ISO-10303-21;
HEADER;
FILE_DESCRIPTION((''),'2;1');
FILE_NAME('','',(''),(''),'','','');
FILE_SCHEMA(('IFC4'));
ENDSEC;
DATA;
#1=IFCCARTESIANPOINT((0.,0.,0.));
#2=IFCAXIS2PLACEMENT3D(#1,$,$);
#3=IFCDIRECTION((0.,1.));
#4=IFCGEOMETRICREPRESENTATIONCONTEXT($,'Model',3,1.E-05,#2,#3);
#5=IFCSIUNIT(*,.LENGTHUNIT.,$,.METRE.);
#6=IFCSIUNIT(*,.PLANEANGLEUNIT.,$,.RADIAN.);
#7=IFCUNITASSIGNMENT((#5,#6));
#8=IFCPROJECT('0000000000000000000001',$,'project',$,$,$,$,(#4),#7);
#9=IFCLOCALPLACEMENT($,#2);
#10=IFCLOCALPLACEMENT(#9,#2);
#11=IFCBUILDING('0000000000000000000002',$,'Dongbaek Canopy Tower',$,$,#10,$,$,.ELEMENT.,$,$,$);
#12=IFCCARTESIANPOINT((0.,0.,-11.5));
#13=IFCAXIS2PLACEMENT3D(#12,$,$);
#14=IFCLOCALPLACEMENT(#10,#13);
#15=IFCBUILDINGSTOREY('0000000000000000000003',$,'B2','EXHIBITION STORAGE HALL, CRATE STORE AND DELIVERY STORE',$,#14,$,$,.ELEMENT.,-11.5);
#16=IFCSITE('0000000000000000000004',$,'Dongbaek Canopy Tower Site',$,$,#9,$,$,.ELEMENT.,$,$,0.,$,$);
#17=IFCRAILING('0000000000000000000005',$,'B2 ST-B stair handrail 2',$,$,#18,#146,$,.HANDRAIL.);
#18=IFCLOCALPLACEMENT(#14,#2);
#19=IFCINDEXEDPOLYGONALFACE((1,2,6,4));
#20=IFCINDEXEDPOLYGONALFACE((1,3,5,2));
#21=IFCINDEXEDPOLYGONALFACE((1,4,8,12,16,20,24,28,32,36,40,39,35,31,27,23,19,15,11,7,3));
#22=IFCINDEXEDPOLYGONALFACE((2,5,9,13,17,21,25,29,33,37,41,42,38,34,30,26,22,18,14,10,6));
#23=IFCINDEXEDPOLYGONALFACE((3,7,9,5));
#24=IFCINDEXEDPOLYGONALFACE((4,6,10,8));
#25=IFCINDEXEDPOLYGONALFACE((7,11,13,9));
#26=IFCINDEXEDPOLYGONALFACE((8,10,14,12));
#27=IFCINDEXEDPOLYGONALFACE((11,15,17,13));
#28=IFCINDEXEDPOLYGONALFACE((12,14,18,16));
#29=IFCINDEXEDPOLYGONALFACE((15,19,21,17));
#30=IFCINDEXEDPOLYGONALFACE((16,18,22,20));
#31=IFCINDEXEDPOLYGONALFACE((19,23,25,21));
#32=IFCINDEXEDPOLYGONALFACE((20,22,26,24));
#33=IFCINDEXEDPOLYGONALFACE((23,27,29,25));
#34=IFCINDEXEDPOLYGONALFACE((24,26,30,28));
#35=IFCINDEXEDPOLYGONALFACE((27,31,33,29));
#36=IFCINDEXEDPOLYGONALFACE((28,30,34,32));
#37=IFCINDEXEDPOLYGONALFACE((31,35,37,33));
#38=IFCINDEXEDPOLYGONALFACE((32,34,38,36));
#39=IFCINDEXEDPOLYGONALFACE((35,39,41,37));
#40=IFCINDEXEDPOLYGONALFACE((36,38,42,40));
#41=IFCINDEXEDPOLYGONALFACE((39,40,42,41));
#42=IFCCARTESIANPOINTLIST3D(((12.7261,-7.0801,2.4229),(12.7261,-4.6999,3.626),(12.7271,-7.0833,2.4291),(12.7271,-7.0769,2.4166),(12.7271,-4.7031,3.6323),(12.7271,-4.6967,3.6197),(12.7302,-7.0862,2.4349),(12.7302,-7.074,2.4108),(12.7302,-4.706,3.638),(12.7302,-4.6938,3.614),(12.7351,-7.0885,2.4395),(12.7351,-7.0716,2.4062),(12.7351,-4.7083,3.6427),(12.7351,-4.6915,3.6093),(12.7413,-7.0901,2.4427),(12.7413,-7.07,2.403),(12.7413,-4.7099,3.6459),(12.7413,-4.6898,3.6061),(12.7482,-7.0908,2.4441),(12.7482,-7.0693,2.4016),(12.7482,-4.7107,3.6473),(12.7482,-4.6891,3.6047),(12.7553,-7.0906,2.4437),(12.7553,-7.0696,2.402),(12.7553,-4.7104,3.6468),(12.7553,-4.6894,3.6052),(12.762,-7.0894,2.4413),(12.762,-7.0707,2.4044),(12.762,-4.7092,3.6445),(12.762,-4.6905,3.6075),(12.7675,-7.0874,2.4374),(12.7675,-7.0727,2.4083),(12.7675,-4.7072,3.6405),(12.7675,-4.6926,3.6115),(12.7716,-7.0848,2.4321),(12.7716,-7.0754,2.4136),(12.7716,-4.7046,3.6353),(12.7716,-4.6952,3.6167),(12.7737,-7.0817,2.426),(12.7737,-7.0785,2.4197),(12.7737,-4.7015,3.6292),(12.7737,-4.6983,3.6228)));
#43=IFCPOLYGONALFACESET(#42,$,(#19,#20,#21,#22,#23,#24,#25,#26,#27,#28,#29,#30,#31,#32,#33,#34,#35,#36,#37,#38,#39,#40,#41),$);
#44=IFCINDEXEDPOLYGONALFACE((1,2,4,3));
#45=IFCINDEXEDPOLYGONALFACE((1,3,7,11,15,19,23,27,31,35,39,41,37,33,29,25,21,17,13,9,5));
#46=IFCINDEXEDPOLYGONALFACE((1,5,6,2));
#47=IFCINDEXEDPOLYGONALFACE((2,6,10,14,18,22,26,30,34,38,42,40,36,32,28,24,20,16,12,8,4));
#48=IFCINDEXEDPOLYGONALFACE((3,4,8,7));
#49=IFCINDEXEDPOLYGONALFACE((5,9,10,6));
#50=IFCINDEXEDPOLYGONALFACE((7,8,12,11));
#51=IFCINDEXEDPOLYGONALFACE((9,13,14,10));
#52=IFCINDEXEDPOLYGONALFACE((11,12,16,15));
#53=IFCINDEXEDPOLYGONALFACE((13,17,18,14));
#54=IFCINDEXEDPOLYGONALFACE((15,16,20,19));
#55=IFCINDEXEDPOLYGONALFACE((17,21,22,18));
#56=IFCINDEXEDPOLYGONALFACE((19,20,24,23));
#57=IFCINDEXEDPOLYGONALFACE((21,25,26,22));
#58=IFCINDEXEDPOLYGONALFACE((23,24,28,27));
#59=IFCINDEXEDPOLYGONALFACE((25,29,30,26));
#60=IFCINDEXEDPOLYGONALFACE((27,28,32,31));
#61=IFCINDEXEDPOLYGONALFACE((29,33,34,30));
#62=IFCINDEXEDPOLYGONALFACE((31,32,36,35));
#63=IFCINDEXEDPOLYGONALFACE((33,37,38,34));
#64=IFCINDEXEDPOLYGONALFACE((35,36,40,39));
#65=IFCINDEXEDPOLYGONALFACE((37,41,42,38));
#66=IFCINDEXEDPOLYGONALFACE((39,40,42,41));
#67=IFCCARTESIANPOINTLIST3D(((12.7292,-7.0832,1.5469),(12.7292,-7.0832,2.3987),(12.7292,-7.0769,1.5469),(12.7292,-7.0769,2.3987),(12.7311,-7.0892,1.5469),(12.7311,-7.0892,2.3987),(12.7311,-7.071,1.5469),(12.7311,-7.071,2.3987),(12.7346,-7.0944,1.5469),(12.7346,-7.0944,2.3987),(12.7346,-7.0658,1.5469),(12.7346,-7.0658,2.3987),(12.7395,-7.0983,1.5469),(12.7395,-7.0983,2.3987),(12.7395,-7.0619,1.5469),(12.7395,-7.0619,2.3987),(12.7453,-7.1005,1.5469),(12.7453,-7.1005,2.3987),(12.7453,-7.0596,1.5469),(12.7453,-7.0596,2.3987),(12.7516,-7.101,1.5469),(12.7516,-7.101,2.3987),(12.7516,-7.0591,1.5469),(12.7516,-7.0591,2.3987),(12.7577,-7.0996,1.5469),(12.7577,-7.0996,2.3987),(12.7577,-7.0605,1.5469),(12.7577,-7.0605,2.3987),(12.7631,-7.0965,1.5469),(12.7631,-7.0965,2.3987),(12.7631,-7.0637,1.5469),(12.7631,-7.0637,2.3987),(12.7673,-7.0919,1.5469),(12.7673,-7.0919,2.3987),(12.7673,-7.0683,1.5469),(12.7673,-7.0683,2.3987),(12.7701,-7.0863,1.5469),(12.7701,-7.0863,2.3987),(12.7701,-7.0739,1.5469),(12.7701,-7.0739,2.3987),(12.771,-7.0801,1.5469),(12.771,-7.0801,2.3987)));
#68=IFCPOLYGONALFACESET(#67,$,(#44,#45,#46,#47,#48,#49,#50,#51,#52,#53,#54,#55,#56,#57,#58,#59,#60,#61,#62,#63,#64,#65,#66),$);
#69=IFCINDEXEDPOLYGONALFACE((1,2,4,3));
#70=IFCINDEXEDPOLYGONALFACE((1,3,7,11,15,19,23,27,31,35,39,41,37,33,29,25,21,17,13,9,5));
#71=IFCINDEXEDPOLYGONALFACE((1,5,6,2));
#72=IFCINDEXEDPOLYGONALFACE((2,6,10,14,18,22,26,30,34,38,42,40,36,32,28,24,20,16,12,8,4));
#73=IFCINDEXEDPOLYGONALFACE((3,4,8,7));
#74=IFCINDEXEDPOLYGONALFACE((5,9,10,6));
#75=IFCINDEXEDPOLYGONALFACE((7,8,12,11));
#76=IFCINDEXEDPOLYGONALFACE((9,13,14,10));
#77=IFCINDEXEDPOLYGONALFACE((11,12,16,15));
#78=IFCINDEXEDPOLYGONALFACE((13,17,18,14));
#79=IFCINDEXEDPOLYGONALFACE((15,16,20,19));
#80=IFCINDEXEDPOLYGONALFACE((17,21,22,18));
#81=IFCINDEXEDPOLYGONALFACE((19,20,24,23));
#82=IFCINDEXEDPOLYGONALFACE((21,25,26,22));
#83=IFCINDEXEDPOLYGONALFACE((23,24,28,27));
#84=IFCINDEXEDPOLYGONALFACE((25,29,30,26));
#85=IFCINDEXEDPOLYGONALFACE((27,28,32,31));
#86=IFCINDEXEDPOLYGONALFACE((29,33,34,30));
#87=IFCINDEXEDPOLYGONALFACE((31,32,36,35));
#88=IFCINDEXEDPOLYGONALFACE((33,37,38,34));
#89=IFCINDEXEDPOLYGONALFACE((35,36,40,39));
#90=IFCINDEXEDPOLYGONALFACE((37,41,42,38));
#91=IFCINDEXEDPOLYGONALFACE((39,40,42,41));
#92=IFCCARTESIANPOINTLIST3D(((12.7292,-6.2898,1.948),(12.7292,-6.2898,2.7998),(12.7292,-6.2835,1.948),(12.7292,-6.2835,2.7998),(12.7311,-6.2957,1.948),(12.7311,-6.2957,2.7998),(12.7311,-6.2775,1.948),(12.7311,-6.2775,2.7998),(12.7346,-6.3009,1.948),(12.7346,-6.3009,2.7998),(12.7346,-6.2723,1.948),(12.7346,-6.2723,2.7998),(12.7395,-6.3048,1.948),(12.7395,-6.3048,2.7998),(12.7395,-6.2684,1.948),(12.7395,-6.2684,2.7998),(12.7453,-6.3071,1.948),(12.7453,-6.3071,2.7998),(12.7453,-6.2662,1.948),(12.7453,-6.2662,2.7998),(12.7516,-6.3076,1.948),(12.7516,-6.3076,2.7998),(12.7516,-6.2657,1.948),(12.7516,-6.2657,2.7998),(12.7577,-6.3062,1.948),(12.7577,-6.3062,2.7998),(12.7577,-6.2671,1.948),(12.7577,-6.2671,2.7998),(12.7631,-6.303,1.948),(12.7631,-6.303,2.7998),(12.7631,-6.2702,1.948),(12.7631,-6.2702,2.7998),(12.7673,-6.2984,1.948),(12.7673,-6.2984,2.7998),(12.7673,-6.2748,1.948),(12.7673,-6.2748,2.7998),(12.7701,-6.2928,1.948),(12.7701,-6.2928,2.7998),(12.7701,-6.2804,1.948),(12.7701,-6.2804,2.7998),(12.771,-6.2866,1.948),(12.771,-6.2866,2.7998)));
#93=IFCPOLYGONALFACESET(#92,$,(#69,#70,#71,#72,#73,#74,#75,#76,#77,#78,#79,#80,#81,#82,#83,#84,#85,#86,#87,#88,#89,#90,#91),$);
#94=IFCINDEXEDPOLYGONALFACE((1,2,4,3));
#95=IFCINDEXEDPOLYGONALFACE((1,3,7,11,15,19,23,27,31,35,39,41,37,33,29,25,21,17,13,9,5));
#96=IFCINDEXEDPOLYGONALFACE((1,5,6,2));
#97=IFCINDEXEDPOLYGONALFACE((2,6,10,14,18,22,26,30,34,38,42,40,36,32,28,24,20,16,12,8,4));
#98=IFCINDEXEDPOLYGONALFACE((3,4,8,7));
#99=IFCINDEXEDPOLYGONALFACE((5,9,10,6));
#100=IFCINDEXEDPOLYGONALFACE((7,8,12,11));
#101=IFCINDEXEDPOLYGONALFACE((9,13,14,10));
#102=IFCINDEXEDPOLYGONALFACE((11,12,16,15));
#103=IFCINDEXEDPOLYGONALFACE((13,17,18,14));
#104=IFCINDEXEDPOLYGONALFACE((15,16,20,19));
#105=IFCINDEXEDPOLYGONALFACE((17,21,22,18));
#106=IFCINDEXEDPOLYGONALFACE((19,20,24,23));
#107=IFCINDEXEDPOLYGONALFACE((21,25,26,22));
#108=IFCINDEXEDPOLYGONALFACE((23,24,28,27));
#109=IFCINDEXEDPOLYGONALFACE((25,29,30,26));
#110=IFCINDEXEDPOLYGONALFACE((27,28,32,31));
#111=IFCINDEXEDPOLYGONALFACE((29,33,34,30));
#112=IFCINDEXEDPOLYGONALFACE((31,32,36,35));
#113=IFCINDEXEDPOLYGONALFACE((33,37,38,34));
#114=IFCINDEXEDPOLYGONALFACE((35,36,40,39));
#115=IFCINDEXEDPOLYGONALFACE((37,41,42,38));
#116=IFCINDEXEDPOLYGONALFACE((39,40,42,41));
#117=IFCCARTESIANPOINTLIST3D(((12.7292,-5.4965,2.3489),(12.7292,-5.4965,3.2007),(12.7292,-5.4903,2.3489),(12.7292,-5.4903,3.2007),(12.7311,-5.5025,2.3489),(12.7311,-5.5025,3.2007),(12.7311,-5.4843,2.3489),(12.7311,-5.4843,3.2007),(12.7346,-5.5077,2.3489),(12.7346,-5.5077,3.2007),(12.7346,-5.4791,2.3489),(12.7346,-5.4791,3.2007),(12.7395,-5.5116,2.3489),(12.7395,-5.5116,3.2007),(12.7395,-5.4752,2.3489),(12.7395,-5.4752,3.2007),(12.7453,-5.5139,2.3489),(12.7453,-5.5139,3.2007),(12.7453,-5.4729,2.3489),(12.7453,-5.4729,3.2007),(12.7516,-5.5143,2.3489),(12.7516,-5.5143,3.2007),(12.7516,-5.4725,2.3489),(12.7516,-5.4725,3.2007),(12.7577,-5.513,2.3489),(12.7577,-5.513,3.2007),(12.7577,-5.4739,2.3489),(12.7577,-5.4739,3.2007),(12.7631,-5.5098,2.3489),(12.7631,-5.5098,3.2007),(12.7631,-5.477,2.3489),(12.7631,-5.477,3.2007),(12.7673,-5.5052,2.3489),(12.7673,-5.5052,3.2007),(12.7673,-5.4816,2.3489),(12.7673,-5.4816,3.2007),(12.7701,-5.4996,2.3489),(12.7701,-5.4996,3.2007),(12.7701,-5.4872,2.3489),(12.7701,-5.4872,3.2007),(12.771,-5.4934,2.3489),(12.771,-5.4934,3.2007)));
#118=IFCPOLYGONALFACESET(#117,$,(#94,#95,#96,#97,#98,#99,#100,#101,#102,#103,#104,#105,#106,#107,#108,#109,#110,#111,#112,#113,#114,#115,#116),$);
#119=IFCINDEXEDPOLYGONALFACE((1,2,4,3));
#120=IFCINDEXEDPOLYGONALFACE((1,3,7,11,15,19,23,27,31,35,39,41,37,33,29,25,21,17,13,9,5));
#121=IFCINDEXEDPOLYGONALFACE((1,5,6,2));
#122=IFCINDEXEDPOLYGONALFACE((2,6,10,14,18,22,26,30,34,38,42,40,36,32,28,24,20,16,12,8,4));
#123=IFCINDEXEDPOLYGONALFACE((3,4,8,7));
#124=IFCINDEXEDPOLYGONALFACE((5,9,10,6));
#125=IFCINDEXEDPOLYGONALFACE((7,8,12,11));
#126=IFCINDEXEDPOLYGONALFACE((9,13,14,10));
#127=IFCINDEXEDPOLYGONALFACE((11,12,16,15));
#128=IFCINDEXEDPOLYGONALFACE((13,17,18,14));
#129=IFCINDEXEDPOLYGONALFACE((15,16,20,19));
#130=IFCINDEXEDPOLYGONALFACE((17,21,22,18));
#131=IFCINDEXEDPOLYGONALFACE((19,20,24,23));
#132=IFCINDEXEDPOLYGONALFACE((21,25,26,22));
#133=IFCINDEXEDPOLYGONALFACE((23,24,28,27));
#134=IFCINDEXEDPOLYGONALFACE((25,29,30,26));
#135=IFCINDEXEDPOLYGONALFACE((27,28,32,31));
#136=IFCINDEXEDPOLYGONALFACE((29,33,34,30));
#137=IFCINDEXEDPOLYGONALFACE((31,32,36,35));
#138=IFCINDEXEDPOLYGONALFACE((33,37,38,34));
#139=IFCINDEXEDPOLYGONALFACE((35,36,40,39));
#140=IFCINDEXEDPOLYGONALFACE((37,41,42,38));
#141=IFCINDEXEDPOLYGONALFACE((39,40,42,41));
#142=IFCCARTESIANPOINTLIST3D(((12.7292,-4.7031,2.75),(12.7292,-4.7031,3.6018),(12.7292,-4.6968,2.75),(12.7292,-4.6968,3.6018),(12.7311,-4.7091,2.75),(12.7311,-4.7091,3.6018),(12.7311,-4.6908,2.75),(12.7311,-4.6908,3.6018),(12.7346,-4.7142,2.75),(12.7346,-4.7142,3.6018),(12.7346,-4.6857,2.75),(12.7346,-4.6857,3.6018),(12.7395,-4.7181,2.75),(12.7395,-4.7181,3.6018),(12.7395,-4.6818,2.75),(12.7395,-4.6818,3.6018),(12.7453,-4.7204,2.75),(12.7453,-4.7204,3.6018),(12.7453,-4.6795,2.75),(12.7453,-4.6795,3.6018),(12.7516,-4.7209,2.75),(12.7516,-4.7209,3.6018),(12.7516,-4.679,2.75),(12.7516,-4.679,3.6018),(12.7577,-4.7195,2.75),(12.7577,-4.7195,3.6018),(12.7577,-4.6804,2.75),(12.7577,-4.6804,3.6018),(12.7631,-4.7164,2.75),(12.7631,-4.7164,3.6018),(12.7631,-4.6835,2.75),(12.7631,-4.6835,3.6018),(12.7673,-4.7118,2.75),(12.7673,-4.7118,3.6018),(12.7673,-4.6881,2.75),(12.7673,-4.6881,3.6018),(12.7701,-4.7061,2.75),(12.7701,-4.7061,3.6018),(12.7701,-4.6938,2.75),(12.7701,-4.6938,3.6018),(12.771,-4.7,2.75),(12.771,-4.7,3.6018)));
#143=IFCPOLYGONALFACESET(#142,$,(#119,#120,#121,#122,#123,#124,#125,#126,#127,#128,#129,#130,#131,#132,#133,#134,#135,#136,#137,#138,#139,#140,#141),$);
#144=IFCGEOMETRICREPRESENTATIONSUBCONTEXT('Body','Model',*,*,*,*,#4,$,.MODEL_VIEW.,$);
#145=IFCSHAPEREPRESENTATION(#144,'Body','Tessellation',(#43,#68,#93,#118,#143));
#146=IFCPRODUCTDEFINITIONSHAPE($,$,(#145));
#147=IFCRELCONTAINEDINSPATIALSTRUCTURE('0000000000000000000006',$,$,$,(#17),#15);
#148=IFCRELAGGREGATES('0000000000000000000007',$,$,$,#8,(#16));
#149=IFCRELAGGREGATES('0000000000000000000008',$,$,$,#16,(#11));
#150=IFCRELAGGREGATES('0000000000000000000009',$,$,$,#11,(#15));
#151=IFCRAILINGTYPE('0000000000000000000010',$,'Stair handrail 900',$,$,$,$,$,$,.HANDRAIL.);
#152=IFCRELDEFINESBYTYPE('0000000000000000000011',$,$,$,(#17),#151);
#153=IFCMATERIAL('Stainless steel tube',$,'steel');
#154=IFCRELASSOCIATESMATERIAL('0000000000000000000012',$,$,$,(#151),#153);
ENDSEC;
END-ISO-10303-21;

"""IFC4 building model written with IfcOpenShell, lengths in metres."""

from ifc_helpers import new_model, si_unit, direction, frame, origin, origin_2d, place, context, subcontext, project, spatial, circle, extrude, material, type_object, element, save


model = new_model("IFC4")

# Units and contexts
model_context = context("Model", 3, precision=1e-05, world=origin(), true_north=direction((0.0, 1.0)))
body_context = subcontext(model_context, "Body", "Model", "MODEL_VIEW")
ifc_project = project(units=[si_unit("LENGTHUNIT", "METRE"), si_unit("PLANEANGLEUNIT", "RADIAN")], contexts=[model_context])

# Site, building, storey
site_placement = place(None, origin())
site = spatial("IfcSite", under=ifc_project, at=site_placement, Name="Dongbaek Canopy Tower Site", CompositionType="ELEMENT", RefElevation=0.0)
building_placement = place(site_placement, origin())
building = spatial("IfcBuilding", under=site, at=building_placement, Name="Dongbaek Canopy Tower", CompositionType="ELEMENT")
storey_placement = place(building_placement, frame((0.0, 0.0, -11.5)))
storey = spatial("IfcBuildingStorey", under=building, at=storey_placement, Name="B2", Description="EXHIBITION STORAGE HALL, CRATE STORE AND DELIVERY STORE", CompositionType="ELEMENT", Elevation=-11.5)

# Railing
ifc_material_1 = material(Name="Stainless steel tube", Category="steel")
railing_type_1 = type_object("IfcRailingType", Name="Stair handrail 900", PredefinedType="HANDRAIL", material=ifc_material_1)
for number, where, name in (
    (1, (12.75, -7.0801, 1.5469), "B2 ST-B stair handrail 2"),
):
    element("IfcRailing", number, at=place(storey_placement, frame(where)), inside=storey, type_object=railing_type_1, Name=name, PredefinedType="HANDRAIL", context=body_context, shape_type="SweptSolid", body=[
        extrude(circle(Radius=0.0239, at=origin_2d()), frame((0.0, 0.0, 0.876), z_axis=(0.0, 0.89246, 0.451127), x_axis=(-1.0, 0.0, 0.0)), (0.0, 0.0, 1.0), 2.667),
        extrude(circle(Radius=0.021, at=origin_2d()), origin(), (0.0, 0.0, 1.0), 0.8518),
        extrude(circle(Radius=0.021, at=origin_2d()), frame((0.0, 0.7935, 0.4011)), (0.0, 0.0, 1.0), 0.8518),
        extrude(circle(Radius=0.021, at=origin_2d()), frame((0.0, 1.5867, 0.802)), (0.0, 0.0, 1.0), 0.8518),
        extrude(circle(Radius=0.021, at=origin_2d()), frame((0.0, 2.3801, 1.2031)), (0.0, 0.0, 1.0), 0.8518),
    ])

save(model, "model.ifc")
